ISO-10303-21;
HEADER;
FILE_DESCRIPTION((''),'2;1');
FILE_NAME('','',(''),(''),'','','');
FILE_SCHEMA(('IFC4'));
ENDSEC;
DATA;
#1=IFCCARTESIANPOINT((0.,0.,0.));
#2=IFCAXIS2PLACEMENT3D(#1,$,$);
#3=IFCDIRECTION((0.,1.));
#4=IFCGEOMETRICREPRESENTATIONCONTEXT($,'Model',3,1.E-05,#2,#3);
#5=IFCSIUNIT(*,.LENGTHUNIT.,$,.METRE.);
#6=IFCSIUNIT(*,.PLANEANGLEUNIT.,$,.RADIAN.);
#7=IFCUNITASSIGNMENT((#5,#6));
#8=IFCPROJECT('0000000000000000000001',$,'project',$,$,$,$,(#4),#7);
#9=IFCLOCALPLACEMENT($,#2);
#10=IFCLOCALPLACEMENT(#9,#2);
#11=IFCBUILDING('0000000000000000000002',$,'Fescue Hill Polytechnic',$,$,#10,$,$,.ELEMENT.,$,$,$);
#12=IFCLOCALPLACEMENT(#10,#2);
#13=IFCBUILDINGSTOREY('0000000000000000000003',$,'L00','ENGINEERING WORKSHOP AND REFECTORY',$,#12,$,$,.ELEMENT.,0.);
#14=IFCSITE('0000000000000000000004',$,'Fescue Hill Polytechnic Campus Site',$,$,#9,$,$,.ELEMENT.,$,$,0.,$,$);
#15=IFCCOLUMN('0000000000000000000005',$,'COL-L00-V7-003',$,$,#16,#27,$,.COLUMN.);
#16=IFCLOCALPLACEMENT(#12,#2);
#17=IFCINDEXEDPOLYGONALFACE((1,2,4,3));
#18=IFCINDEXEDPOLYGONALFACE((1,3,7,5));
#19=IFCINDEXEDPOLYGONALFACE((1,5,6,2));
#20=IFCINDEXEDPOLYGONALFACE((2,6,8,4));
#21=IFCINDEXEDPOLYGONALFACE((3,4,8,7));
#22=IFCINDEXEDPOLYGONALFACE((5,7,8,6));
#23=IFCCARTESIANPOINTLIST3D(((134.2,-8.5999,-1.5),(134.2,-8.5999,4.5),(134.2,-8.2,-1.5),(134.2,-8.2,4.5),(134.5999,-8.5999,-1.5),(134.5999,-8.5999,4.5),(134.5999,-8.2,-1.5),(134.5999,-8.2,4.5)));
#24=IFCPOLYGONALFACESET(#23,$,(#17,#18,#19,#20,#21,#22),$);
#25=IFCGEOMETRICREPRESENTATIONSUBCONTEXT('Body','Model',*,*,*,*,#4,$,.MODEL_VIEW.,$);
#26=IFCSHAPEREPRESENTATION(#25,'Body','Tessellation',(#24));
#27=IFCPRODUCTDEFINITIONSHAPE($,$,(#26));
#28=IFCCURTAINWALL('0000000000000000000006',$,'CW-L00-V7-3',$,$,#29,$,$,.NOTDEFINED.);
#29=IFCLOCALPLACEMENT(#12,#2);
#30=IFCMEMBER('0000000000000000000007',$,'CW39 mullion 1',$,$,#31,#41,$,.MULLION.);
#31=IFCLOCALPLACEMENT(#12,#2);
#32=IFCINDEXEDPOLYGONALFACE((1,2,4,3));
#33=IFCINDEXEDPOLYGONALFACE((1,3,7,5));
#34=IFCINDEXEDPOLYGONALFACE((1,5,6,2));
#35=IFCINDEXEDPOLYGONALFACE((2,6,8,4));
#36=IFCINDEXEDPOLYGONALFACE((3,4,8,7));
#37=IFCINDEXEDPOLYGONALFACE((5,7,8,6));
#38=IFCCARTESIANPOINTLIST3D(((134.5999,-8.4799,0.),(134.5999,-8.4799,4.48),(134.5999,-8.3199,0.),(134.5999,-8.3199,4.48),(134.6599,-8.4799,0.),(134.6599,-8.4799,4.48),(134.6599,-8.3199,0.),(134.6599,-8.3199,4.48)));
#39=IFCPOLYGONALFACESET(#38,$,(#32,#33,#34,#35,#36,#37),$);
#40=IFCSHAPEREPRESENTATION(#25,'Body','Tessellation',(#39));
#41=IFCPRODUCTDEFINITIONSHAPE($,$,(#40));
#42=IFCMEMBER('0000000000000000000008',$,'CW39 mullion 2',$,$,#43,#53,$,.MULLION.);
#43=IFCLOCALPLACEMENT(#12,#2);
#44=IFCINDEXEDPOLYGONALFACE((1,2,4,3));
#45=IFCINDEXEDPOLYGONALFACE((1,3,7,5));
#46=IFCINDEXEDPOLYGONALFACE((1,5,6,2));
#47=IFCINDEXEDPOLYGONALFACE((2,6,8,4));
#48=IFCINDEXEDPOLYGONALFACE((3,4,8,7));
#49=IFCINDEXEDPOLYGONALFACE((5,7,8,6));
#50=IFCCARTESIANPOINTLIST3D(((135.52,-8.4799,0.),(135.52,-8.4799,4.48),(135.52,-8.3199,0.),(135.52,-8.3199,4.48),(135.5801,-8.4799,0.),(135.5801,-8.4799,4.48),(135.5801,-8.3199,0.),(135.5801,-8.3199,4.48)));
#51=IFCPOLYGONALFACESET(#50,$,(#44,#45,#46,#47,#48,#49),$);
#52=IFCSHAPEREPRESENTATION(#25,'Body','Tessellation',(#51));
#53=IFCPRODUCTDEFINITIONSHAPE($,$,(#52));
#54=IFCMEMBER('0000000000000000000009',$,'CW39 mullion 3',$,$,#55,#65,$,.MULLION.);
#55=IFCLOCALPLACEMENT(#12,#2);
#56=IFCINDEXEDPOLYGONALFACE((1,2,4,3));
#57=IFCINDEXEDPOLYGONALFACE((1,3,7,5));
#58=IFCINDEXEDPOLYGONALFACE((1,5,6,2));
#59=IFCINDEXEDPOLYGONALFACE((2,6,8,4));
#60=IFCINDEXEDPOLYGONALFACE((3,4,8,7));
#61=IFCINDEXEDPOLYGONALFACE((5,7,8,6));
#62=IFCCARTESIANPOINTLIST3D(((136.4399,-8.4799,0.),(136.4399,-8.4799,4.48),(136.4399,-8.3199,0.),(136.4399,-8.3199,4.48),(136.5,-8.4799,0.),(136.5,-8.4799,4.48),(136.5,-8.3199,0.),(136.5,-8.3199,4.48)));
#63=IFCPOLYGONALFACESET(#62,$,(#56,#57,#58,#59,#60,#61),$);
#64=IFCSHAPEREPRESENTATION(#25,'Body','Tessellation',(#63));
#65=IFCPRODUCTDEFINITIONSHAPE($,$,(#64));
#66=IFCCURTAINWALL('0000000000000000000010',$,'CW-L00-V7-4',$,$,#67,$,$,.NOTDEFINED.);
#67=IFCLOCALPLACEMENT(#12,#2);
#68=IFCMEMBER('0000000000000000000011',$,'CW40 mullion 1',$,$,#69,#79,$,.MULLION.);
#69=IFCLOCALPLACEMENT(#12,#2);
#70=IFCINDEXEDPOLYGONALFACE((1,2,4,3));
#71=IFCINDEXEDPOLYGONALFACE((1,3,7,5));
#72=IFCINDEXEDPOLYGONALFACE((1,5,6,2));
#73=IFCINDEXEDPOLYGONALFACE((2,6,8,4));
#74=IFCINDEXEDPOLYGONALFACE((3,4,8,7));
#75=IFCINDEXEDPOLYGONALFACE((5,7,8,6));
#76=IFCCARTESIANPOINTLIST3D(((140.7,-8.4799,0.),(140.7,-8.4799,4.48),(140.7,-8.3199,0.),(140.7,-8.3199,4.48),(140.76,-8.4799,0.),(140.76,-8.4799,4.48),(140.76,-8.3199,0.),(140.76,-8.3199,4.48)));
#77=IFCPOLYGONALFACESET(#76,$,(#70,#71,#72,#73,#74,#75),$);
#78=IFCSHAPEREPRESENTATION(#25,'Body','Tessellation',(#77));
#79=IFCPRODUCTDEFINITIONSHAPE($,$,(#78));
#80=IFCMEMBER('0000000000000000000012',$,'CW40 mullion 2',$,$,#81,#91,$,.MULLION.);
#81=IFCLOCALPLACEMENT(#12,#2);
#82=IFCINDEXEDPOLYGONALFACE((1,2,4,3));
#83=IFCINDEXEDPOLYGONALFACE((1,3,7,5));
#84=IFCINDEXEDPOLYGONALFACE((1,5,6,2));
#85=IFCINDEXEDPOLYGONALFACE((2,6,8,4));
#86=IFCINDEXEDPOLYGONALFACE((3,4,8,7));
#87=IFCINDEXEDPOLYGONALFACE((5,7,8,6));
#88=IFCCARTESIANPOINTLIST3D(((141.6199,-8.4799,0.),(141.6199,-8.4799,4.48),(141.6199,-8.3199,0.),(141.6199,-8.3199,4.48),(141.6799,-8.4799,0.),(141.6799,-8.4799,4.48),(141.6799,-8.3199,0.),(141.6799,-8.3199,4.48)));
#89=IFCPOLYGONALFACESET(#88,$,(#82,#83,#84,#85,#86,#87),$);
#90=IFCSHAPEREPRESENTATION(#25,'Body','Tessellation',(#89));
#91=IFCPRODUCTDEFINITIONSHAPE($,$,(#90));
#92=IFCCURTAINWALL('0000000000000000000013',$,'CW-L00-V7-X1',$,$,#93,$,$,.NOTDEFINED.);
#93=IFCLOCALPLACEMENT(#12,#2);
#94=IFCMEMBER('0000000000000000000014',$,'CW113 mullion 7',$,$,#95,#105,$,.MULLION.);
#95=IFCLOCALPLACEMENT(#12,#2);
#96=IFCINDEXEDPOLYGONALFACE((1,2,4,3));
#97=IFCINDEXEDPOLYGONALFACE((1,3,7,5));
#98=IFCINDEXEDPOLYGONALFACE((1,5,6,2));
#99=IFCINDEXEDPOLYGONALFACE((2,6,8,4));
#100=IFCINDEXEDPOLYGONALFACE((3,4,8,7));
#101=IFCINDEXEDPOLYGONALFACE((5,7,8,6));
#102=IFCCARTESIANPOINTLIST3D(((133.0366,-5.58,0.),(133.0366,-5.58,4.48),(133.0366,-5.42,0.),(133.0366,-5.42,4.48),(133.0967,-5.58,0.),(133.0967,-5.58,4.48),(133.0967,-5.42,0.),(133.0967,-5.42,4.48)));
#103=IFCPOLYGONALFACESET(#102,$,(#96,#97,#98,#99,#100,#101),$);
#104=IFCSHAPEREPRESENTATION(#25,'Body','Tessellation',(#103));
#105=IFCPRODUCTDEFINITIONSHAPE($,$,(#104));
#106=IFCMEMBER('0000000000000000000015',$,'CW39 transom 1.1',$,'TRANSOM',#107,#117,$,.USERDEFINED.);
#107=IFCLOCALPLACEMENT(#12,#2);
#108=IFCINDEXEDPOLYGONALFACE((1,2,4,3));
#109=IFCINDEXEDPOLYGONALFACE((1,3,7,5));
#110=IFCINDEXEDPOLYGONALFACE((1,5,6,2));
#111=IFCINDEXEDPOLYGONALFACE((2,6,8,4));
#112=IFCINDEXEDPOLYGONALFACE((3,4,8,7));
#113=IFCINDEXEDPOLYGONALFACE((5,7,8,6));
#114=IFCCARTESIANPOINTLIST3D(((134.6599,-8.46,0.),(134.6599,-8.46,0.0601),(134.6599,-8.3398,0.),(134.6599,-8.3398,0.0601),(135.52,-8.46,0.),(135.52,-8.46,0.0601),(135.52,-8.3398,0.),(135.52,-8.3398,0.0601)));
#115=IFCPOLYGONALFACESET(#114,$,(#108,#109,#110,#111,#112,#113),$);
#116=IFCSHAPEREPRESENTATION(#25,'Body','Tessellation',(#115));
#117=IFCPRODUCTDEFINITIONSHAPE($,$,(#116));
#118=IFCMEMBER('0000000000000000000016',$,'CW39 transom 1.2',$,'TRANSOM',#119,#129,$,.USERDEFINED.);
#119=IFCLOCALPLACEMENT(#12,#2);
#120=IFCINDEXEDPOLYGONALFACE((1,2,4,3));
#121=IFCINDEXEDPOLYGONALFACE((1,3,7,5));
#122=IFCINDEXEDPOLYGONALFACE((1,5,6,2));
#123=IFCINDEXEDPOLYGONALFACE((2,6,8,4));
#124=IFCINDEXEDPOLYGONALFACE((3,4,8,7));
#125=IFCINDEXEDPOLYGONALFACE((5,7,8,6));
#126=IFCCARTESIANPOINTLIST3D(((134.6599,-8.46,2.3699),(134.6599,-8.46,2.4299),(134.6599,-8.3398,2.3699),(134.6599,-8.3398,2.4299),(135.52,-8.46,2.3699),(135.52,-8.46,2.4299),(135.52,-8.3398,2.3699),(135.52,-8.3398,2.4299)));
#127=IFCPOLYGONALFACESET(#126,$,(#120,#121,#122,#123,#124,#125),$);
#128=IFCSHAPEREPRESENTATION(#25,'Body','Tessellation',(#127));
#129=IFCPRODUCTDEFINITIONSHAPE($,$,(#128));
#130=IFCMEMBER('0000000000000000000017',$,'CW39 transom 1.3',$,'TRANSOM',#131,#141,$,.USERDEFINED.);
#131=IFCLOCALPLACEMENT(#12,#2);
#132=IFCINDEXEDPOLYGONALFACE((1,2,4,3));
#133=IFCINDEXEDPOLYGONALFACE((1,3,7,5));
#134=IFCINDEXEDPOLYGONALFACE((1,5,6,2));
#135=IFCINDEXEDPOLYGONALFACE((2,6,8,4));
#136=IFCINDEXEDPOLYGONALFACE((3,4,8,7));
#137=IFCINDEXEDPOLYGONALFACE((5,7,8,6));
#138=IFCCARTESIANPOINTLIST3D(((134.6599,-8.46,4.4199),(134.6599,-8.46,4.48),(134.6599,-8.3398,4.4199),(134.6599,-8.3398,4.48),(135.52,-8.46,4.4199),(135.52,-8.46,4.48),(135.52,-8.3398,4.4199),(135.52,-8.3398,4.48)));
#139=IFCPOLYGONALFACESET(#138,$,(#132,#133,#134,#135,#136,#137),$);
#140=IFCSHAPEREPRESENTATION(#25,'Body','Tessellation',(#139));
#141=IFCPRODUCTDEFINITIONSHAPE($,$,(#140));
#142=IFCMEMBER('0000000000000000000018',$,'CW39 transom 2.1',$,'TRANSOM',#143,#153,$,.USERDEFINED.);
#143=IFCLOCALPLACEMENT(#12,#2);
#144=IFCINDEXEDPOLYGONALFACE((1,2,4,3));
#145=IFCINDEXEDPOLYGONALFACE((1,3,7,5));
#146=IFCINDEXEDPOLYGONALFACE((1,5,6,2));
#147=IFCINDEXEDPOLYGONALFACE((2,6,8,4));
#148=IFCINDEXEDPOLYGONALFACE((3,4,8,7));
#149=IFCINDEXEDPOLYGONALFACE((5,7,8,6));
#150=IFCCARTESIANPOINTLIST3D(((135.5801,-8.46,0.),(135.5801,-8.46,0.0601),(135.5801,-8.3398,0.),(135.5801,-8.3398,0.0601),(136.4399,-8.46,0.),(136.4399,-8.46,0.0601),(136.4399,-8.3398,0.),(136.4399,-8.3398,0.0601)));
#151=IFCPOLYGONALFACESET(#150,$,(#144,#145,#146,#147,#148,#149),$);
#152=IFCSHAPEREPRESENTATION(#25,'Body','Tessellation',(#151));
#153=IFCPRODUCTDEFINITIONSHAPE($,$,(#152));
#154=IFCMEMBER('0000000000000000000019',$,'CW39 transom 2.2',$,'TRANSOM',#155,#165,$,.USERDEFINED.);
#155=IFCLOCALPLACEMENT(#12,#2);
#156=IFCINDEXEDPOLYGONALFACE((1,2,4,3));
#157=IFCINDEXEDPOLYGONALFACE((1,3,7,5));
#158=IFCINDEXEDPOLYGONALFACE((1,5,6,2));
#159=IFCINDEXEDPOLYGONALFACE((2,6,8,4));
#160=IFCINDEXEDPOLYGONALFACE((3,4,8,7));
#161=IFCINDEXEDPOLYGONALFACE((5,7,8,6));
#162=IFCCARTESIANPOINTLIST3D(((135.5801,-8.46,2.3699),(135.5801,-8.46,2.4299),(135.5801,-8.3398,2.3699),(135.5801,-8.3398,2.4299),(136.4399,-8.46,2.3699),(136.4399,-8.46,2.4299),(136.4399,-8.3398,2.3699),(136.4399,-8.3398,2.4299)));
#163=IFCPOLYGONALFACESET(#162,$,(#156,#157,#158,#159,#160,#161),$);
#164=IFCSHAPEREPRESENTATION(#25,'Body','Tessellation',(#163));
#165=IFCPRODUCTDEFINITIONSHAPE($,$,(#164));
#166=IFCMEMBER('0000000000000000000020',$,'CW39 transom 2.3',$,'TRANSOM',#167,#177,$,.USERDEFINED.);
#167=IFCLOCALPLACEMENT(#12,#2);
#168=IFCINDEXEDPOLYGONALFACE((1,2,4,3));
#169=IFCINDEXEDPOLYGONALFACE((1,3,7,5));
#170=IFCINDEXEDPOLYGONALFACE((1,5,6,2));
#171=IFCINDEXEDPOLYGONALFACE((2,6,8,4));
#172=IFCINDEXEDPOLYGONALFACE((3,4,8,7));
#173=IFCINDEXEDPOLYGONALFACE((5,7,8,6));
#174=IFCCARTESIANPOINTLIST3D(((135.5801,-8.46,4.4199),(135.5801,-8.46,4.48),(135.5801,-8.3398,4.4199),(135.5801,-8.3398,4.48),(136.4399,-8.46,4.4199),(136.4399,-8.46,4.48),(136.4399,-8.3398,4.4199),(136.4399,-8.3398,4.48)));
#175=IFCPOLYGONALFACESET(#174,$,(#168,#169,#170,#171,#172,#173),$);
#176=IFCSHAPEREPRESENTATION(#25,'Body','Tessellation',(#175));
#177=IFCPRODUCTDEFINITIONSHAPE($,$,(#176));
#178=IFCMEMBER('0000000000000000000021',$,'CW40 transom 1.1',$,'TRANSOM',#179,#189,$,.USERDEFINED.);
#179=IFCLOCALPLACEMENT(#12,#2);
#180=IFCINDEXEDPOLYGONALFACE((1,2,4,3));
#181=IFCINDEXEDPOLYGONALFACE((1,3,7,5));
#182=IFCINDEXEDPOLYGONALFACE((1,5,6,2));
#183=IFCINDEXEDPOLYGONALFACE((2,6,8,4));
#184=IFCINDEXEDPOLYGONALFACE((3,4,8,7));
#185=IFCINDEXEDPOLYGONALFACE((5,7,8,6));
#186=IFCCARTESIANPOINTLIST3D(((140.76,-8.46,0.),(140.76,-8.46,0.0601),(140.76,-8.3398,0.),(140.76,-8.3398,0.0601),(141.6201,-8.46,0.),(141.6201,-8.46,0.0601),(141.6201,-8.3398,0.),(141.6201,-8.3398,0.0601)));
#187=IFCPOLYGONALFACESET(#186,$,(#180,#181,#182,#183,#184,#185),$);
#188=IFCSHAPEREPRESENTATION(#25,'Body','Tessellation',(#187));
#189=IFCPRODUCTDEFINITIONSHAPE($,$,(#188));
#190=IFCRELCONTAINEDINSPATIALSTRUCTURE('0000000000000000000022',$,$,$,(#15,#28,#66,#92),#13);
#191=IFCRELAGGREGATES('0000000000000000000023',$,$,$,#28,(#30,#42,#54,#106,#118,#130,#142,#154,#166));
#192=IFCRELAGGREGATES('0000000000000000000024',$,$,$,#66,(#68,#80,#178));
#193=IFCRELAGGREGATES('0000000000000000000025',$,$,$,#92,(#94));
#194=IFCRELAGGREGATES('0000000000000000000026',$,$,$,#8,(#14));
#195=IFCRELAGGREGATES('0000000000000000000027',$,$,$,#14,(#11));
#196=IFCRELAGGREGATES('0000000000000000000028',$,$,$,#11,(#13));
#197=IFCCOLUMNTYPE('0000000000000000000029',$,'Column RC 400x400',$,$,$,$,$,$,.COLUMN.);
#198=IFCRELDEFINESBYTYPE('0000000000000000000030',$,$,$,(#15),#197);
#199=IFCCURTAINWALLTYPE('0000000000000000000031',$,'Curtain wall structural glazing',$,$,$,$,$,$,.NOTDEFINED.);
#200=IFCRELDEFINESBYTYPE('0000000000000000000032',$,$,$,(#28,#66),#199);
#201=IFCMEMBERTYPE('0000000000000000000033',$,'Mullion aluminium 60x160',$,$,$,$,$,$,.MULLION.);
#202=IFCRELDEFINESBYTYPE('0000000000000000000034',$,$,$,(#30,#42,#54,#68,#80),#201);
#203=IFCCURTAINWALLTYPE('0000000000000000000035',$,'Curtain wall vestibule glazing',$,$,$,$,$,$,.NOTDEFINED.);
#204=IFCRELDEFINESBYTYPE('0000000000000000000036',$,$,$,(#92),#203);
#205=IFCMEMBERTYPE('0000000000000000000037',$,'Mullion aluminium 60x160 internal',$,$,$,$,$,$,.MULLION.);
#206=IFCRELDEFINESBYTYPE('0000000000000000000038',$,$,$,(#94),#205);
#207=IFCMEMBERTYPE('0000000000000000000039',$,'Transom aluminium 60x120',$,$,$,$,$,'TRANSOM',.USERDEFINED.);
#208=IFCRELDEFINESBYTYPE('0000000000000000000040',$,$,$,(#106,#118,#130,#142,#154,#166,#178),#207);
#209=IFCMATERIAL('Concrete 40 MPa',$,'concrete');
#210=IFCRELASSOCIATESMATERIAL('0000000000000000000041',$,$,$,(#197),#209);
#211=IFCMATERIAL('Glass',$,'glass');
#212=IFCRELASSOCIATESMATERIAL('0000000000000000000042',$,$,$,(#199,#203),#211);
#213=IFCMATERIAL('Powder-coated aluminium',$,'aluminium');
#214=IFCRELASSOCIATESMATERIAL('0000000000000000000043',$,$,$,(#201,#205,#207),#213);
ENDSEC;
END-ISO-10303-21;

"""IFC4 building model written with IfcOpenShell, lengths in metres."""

from ifc_helpers import new_model, si_unit, direction, frame, origin, origin_2d, place, context, subcontext, project, spatial, rectangle, extrude, material, material_profile, profile_set, type_object, element, aggregate, save


model = new_model("IFC4")

# Units and contexts
model_context = context("Model", 3, precision=1e-05, world=origin(), true_north=direction((0.0, 1.0)))
body_context = subcontext(model_context, "Body", "Model", "MODEL_VIEW")
ifc_project = project(units=[si_unit("LENGTHUNIT", "METRE"), si_unit("PLANEANGLEUNIT", "RADIAN")], contexts=[model_context])

# Site, building, storey
site_placement = place(None, origin())
site = spatial("IfcSite", under=ifc_project, at=site_placement, Name="Fescue Hill Polytechnic Campus Site", CompositionType="ELEMENT", RefElevation=0.0)
building_placement = place(site_placement, origin())
building = spatial("IfcBuilding", under=site, at=building_placement, Name="Fescue Hill Polytechnic", CompositionType="ELEMENT")
storey_placement = place(building_placement, origin())
storey = spatial("IfcBuildingStorey", under=building, at=storey_placement, Name="L00", Description="ENGINEERING WORKSHOP AND REFECTORY", CompositionType="ELEMENT", Elevation=0.0)

# Column
ifc_material_1 = material(Name="Concrete 40 MPa", Category="concrete")
ifc_material_profile_1 = material_profile(ifc_material_1, rectangle(XDim=0.3999, YDim=0.3999, at=origin_2d()), Name="RC 400x400")
ifc_profile_set_1 = profile_set([ifc_material_profile_1], Name="Concrete 40 MPa")
column_type = type_object("IfcColumnType", Name="Column RC 400x400", PredefinedType="COLUMN", material=ifc_profile_set_1)
column_placement = place(storey_placement, frame((134.3999, -8.3999, -1.5), z_axis=(0.0, 0.0, 1.0), x_axis=(1.0, 0.0, 0.0)))
element("IfcColumn", 1, at=column_placement, inside=storey, type_object=column_type, Name="COL-L00-V7-003", PredefinedType="COLUMN", context=body_context, shape_type="SweptSolid", body=[
    extrude(rectangle(XDim=0.3999, YDim=0.3999, at=origin_2d()), origin(), (0.0, 0.0, 1.0), 6.0),
])

# Curtain walls, members
ifc_material_2 = material(Name="Glass", Category="glass")
curtain_wall_type_1 = type_object("IfcCurtainWallType", Name="Curtain wall structural glazing", PredefinedType="NOTDEFINED", material=ifc_material_2)
curtain_wall_1_placement = place(storey_placement, origin())
curtain_wall_1 = element("IfcCurtainWall", 2, at=curtain_wall_1_placement, inside=storey, type_object=curtain_wall_type_1, Name="CW-L00-V7-3", PredefinedType="NOTDEFINED")
ifc_material_3 = material(Name="Powder-coated aluminium", Category="aluminium")
ifc_material_profile_2 = material_profile(ifc_material_3, rectangle(XDim=0.1599, YDim=0.0601, at=origin_2d()), Name="Mullion aluminium 60x160")
ifc_profile_set_2 = profile_set([ifc_material_profile_2], Name="Powder-coated aluminium")
member_type_1 = type_object("IfcMemberType", Name="Mullion aluminium 60x160", PredefinedType="MULLION", material=ifc_profile_set_2)
member_1_placement = place(storey_placement, frame((134.6299, -8.3999, 0.0), z_axis=(0.0, 0.0, 1.0), x_axis=(0.0, 1.0, 0.0)))
member_1 = element("IfcMember", 3, at=member_1_placement, type_object=member_type_1, Name="CW39 mullion 1", PredefinedType="MULLION", context=body_context, shape_type="SweptSolid", body=[
    extrude(rectangle(XDim=0.1599, YDim=0.0601, at=origin_2d()), origin(), (0.0, 0.0, 1.0), 4.48),
])
member_2_placement = place(storey_placement, frame((135.55, -8.3999, 0.0), z_axis=(0.0, 0.0, 1.0), x_axis=(0.0, 1.0, 0.0)))
member_2 = element("IfcMember", 4, at=member_2_placement, type_object=member_type_1, Name="CW39 mullion 2", PredefinedType="MULLION", context=body_context, shape_type="SweptSolid", body=[
    extrude(rectangle(XDim=0.1599, YDim=0.0601, at=origin_2d()), origin(), (0.0, 0.0, 1.0), 4.48),
])
member_3_placement = place(storey_placement, frame((136.47, -8.3999, 0.0), z_axis=(0.0, 0.0, 1.0), x_axis=(0.0, 1.0, 0.0)))
member_3 = element("IfcMember", 5, at=member_3_placement, type_object=member_type_1, Name="CW39 mullion 3", PredefinedType="MULLION", context=body_context, shape_type="SweptSolid", body=[
    extrude(rectangle(XDim=0.1599, YDim=0.0601, at=origin_2d()), origin(), (0.0, 0.0, 1.0), 4.48),
])
curtain_wall_2_placement = place(storey_placement, origin())
curtain_wall_2 = element("IfcCurtainWall", 6, at=curtain_wall_2_placement, inside=storey, type_object=curtain_wall_type_1, Name="CW-L00-V7-4", PredefinedType="NOTDEFINED")
member_4_placement = place(storey_placement, frame((140.73, -8.3999, 0.0), z_axis=(0.0, 0.0, 1.0), x_axis=(0.0, 1.0, 0.0)))
member_4 = element("IfcMember", 7, at=member_4_placement, type_object=member_type_1, Name="CW40 mullion 1", PredefinedType="MULLION", context=body_context, shape_type="SweptSolid", body=[
    extrude(rectangle(XDim=0.1599, YDim=0.0601, at=origin_2d()), origin(), (0.0, 0.0, 1.0), 4.48),
])
member_5_placement = place(storey_placement, frame((141.6499, -8.3999, 0.0), z_axis=(0.0, 0.0, 1.0), x_axis=(0.0, 1.0, 0.0)))
member_5 = element("IfcMember", 8, at=member_5_placement, type_object=member_type_1, Name="CW40 mullion 2", PredefinedType="MULLION", context=body_context, shape_type="SweptSolid", body=[
    extrude(rectangle(XDim=0.1599, YDim=0.0601, at=origin_2d()), origin(), (0.0, 0.0, 1.0), 4.48),
])

# Curtain wall, member
curtain_wall_type_2 = type_object("IfcCurtainWallType", Name="Curtain wall vestibule glazing", PredefinedType="NOTDEFINED", material=ifc_material_2)
curtain_wall_3_placement = place(storey_placement, origin())
curtain_wall_3 = element("IfcCurtainWall", 9, at=curtain_wall_3_placement, inside=storey, type_object=curtain_wall_type_2, Name="CW-L00-V7-X1", PredefinedType="NOTDEFINED")
ifc_material_profile_3 = material_profile(ifc_material_3, rectangle(XDim=0.1599, YDim=0.0601, at=origin_2d()), Name="Mullion aluminium 60x160 internal")
ifc_profile_set_3 = profile_set([ifc_material_profile_3], Name="Powder-coated aluminium")
member_type_2 = type_object("IfcMemberType", Name="Mullion aluminium 60x160 internal", PredefinedType="MULLION", material=ifc_profile_set_3)
member_6_placement = place(storey_placement, frame((133.0667, -5.5, 0.0), z_axis=(0.0, 0.0, 1.0), x_axis=(0.0, 1.0, 0.0)))
member_6 = element("IfcMember", 10, at=member_6_placement, type_object=member_type_2, Name="CW113 mullion 7", PredefinedType="MULLION", context=body_context, shape_type="SweptSolid", body=[
    extrude(rectangle(XDim=0.1599, YDim=0.0601, at=origin_2d()), origin(), (0.0, 0.0, 1.0), 4.48),
])

# Members
ifc_material_profile_4 = material_profile(ifc_material_3, rectangle(XDim=0.1201, YDim=0.0601, at=origin_2d()), Name="Transom aluminium 60x120")
ifc_profile_set_4 = profile_set([ifc_material_profile_4], Name="Powder-coated aluminium")
member_type_3 = type_object("IfcMemberType", Name="Transom aluminium 60x120", ElementType="TRANSOM", PredefinedType="USERDEFINED", material=ifc_profile_set_4)
member_7_placement = place(storey_placement, frame((134.6599, -8.3999, 0.03), z_axis=(1.0, 0.0, 0.0), x_axis=(0.0, 1.0, 0.0)))
member_7 = element("IfcMember", 11, at=member_7_placement, type_object=member_type_3, Name="CW39 transom 1.1", ObjectType="TRANSOM", PredefinedType="USERDEFINED", context=body_context, shape_type="SweptSolid", body=[
    extrude(rectangle(XDim=0.1201, YDim=0.0601, at=origin_2d()), origin(), (0.0, 0.0, 1.0), 0.8601),
])
member_8_placement = place(storey_placement, frame((134.6599, -8.3999, 2.3999), z_axis=(1.0, 0.0, 0.0), x_axis=(0.0, 1.0, 0.0)))
member_8 = element("IfcMember", 12, at=member_8_placement, type_object=member_type_3, Name="CW39 transom 1.2", ObjectType="TRANSOM", PredefinedType="USERDEFINED", context=body_context, shape_type="SweptSolid", body=[
    extrude(rectangle(XDim=0.1201, YDim=0.0601, at=origin_2d()), origin(), (0.0, 0.0, 1.0), 0.8601),
])
member_9_placement = place(storey_placement, frame((134.6599, -8.3999, 4.45), z_axis=(1.0, 0.0, 0.0), x_axis=(0.0, 1.0, 0.0)))
member_9 = element("IfcMember", 13, at=member_9_placement, type_object=member_type_3, Name="CW39 transom 1.3", ObjectType="TRANSOM", PredefinedType="USERDEFINED", context=body_context, shape_type="SweptSolid", body=[
    extrude(rectangle(XDim=0.1201, YDim=0.0601, at=origin_2d()), origin(), (0.0, 0.0, 1.0), 0.8601),
])
member_10_placement = place(storey_placement, frame((135.5801, -8.3999, 0.03), z_axis=(1.0, 0.0, 0.0), x_axis=(0.0, 1.0, 0.0)))
member_10 = element("IfcMember", 14, at=member_10_placement, type_object=member_type_3, Name="CW39 transom 2.1", ObjectType="TRANSOM", PredefinedType="USERDEFINED", context=body_context, shape_type="SweptSolid", body=[
    extrude(rectangle(XDim=0.1201, YDim=0.0601, at=origin_2d()), origin(), (0.0, 0.0, 1.0), 0.8599),
])
member_11_placement = place(storey_placement, frame((135.5801, -8.3999, 2.3999), z_axis=(1.0, 0.0, 0.0), x_axis=(0.0, 1.0, 0.0)))
member_11 = element("IfcMember", 15, at=member_11_placement, type_object=member_type_3, Name="CW39 transom 2.2", ObjectType="TRANSOM", PredefinedType="USERDEFINED", context=body_context, shape_type="SweptSolid", body=[
    extrude(rectangle(XDim=0.1201, YDim=0.0601, at=origin_2d()), origin(), (0.0, 0.0, 1.0), 0.8599),
])
member_12_placement = place(storey_placement, frame((135.5801, -8.3999, 4.45), z_axis=(1.0, 0.0, 0.0), x_axis=(0.0, 1.0, 0.0)))
member_12 = element("IfcMember", 16, at=member_12_placement, type_object=member_type_3, Name="CW39 transom 2.3", ObjectType="TRANSOM", PredefinedType="USERDEFINED", context=body_context, shape_type="SweptSolid", body=[
    extrude(rectangle(XDim=0.1201, YDim=0.0601, at=origin_2d()), origin(), (0.0, 0.0, 1.0), 0.8599),
])
member_13_placement = place(storey_placement, frame((140.76, -8.3999, 0.03), z_axis=(1.0, 0.0, 0.0), x_axis=(0.0, 1.0, 0.0)))
member_13 = element("IfcMember", 17, at=member_13_placement, type_object=member_type_3, Name="CW40 transom 1.1", ObjectType="TRANSOM", PredefinedType="USERDEFINED", context=body_context, shape_type="SweptSolid", body=[
    extrude(rectangle(XDim=0.1201, YDim=0.0601, at=origin_2d()), origin(), (0.0, 0.0, 1.0), 0.8601),
])

aggregate(curtain_wall_1, [member_1, member_2, member_3, member_7, member_8, member_9, member_10, member_11, member_12])
aggregate(curtain_wall_2, [member_4, member_5, member_13])
aggregate(curtain_wall_3, [member_6])

save(model, "model.ifc")
